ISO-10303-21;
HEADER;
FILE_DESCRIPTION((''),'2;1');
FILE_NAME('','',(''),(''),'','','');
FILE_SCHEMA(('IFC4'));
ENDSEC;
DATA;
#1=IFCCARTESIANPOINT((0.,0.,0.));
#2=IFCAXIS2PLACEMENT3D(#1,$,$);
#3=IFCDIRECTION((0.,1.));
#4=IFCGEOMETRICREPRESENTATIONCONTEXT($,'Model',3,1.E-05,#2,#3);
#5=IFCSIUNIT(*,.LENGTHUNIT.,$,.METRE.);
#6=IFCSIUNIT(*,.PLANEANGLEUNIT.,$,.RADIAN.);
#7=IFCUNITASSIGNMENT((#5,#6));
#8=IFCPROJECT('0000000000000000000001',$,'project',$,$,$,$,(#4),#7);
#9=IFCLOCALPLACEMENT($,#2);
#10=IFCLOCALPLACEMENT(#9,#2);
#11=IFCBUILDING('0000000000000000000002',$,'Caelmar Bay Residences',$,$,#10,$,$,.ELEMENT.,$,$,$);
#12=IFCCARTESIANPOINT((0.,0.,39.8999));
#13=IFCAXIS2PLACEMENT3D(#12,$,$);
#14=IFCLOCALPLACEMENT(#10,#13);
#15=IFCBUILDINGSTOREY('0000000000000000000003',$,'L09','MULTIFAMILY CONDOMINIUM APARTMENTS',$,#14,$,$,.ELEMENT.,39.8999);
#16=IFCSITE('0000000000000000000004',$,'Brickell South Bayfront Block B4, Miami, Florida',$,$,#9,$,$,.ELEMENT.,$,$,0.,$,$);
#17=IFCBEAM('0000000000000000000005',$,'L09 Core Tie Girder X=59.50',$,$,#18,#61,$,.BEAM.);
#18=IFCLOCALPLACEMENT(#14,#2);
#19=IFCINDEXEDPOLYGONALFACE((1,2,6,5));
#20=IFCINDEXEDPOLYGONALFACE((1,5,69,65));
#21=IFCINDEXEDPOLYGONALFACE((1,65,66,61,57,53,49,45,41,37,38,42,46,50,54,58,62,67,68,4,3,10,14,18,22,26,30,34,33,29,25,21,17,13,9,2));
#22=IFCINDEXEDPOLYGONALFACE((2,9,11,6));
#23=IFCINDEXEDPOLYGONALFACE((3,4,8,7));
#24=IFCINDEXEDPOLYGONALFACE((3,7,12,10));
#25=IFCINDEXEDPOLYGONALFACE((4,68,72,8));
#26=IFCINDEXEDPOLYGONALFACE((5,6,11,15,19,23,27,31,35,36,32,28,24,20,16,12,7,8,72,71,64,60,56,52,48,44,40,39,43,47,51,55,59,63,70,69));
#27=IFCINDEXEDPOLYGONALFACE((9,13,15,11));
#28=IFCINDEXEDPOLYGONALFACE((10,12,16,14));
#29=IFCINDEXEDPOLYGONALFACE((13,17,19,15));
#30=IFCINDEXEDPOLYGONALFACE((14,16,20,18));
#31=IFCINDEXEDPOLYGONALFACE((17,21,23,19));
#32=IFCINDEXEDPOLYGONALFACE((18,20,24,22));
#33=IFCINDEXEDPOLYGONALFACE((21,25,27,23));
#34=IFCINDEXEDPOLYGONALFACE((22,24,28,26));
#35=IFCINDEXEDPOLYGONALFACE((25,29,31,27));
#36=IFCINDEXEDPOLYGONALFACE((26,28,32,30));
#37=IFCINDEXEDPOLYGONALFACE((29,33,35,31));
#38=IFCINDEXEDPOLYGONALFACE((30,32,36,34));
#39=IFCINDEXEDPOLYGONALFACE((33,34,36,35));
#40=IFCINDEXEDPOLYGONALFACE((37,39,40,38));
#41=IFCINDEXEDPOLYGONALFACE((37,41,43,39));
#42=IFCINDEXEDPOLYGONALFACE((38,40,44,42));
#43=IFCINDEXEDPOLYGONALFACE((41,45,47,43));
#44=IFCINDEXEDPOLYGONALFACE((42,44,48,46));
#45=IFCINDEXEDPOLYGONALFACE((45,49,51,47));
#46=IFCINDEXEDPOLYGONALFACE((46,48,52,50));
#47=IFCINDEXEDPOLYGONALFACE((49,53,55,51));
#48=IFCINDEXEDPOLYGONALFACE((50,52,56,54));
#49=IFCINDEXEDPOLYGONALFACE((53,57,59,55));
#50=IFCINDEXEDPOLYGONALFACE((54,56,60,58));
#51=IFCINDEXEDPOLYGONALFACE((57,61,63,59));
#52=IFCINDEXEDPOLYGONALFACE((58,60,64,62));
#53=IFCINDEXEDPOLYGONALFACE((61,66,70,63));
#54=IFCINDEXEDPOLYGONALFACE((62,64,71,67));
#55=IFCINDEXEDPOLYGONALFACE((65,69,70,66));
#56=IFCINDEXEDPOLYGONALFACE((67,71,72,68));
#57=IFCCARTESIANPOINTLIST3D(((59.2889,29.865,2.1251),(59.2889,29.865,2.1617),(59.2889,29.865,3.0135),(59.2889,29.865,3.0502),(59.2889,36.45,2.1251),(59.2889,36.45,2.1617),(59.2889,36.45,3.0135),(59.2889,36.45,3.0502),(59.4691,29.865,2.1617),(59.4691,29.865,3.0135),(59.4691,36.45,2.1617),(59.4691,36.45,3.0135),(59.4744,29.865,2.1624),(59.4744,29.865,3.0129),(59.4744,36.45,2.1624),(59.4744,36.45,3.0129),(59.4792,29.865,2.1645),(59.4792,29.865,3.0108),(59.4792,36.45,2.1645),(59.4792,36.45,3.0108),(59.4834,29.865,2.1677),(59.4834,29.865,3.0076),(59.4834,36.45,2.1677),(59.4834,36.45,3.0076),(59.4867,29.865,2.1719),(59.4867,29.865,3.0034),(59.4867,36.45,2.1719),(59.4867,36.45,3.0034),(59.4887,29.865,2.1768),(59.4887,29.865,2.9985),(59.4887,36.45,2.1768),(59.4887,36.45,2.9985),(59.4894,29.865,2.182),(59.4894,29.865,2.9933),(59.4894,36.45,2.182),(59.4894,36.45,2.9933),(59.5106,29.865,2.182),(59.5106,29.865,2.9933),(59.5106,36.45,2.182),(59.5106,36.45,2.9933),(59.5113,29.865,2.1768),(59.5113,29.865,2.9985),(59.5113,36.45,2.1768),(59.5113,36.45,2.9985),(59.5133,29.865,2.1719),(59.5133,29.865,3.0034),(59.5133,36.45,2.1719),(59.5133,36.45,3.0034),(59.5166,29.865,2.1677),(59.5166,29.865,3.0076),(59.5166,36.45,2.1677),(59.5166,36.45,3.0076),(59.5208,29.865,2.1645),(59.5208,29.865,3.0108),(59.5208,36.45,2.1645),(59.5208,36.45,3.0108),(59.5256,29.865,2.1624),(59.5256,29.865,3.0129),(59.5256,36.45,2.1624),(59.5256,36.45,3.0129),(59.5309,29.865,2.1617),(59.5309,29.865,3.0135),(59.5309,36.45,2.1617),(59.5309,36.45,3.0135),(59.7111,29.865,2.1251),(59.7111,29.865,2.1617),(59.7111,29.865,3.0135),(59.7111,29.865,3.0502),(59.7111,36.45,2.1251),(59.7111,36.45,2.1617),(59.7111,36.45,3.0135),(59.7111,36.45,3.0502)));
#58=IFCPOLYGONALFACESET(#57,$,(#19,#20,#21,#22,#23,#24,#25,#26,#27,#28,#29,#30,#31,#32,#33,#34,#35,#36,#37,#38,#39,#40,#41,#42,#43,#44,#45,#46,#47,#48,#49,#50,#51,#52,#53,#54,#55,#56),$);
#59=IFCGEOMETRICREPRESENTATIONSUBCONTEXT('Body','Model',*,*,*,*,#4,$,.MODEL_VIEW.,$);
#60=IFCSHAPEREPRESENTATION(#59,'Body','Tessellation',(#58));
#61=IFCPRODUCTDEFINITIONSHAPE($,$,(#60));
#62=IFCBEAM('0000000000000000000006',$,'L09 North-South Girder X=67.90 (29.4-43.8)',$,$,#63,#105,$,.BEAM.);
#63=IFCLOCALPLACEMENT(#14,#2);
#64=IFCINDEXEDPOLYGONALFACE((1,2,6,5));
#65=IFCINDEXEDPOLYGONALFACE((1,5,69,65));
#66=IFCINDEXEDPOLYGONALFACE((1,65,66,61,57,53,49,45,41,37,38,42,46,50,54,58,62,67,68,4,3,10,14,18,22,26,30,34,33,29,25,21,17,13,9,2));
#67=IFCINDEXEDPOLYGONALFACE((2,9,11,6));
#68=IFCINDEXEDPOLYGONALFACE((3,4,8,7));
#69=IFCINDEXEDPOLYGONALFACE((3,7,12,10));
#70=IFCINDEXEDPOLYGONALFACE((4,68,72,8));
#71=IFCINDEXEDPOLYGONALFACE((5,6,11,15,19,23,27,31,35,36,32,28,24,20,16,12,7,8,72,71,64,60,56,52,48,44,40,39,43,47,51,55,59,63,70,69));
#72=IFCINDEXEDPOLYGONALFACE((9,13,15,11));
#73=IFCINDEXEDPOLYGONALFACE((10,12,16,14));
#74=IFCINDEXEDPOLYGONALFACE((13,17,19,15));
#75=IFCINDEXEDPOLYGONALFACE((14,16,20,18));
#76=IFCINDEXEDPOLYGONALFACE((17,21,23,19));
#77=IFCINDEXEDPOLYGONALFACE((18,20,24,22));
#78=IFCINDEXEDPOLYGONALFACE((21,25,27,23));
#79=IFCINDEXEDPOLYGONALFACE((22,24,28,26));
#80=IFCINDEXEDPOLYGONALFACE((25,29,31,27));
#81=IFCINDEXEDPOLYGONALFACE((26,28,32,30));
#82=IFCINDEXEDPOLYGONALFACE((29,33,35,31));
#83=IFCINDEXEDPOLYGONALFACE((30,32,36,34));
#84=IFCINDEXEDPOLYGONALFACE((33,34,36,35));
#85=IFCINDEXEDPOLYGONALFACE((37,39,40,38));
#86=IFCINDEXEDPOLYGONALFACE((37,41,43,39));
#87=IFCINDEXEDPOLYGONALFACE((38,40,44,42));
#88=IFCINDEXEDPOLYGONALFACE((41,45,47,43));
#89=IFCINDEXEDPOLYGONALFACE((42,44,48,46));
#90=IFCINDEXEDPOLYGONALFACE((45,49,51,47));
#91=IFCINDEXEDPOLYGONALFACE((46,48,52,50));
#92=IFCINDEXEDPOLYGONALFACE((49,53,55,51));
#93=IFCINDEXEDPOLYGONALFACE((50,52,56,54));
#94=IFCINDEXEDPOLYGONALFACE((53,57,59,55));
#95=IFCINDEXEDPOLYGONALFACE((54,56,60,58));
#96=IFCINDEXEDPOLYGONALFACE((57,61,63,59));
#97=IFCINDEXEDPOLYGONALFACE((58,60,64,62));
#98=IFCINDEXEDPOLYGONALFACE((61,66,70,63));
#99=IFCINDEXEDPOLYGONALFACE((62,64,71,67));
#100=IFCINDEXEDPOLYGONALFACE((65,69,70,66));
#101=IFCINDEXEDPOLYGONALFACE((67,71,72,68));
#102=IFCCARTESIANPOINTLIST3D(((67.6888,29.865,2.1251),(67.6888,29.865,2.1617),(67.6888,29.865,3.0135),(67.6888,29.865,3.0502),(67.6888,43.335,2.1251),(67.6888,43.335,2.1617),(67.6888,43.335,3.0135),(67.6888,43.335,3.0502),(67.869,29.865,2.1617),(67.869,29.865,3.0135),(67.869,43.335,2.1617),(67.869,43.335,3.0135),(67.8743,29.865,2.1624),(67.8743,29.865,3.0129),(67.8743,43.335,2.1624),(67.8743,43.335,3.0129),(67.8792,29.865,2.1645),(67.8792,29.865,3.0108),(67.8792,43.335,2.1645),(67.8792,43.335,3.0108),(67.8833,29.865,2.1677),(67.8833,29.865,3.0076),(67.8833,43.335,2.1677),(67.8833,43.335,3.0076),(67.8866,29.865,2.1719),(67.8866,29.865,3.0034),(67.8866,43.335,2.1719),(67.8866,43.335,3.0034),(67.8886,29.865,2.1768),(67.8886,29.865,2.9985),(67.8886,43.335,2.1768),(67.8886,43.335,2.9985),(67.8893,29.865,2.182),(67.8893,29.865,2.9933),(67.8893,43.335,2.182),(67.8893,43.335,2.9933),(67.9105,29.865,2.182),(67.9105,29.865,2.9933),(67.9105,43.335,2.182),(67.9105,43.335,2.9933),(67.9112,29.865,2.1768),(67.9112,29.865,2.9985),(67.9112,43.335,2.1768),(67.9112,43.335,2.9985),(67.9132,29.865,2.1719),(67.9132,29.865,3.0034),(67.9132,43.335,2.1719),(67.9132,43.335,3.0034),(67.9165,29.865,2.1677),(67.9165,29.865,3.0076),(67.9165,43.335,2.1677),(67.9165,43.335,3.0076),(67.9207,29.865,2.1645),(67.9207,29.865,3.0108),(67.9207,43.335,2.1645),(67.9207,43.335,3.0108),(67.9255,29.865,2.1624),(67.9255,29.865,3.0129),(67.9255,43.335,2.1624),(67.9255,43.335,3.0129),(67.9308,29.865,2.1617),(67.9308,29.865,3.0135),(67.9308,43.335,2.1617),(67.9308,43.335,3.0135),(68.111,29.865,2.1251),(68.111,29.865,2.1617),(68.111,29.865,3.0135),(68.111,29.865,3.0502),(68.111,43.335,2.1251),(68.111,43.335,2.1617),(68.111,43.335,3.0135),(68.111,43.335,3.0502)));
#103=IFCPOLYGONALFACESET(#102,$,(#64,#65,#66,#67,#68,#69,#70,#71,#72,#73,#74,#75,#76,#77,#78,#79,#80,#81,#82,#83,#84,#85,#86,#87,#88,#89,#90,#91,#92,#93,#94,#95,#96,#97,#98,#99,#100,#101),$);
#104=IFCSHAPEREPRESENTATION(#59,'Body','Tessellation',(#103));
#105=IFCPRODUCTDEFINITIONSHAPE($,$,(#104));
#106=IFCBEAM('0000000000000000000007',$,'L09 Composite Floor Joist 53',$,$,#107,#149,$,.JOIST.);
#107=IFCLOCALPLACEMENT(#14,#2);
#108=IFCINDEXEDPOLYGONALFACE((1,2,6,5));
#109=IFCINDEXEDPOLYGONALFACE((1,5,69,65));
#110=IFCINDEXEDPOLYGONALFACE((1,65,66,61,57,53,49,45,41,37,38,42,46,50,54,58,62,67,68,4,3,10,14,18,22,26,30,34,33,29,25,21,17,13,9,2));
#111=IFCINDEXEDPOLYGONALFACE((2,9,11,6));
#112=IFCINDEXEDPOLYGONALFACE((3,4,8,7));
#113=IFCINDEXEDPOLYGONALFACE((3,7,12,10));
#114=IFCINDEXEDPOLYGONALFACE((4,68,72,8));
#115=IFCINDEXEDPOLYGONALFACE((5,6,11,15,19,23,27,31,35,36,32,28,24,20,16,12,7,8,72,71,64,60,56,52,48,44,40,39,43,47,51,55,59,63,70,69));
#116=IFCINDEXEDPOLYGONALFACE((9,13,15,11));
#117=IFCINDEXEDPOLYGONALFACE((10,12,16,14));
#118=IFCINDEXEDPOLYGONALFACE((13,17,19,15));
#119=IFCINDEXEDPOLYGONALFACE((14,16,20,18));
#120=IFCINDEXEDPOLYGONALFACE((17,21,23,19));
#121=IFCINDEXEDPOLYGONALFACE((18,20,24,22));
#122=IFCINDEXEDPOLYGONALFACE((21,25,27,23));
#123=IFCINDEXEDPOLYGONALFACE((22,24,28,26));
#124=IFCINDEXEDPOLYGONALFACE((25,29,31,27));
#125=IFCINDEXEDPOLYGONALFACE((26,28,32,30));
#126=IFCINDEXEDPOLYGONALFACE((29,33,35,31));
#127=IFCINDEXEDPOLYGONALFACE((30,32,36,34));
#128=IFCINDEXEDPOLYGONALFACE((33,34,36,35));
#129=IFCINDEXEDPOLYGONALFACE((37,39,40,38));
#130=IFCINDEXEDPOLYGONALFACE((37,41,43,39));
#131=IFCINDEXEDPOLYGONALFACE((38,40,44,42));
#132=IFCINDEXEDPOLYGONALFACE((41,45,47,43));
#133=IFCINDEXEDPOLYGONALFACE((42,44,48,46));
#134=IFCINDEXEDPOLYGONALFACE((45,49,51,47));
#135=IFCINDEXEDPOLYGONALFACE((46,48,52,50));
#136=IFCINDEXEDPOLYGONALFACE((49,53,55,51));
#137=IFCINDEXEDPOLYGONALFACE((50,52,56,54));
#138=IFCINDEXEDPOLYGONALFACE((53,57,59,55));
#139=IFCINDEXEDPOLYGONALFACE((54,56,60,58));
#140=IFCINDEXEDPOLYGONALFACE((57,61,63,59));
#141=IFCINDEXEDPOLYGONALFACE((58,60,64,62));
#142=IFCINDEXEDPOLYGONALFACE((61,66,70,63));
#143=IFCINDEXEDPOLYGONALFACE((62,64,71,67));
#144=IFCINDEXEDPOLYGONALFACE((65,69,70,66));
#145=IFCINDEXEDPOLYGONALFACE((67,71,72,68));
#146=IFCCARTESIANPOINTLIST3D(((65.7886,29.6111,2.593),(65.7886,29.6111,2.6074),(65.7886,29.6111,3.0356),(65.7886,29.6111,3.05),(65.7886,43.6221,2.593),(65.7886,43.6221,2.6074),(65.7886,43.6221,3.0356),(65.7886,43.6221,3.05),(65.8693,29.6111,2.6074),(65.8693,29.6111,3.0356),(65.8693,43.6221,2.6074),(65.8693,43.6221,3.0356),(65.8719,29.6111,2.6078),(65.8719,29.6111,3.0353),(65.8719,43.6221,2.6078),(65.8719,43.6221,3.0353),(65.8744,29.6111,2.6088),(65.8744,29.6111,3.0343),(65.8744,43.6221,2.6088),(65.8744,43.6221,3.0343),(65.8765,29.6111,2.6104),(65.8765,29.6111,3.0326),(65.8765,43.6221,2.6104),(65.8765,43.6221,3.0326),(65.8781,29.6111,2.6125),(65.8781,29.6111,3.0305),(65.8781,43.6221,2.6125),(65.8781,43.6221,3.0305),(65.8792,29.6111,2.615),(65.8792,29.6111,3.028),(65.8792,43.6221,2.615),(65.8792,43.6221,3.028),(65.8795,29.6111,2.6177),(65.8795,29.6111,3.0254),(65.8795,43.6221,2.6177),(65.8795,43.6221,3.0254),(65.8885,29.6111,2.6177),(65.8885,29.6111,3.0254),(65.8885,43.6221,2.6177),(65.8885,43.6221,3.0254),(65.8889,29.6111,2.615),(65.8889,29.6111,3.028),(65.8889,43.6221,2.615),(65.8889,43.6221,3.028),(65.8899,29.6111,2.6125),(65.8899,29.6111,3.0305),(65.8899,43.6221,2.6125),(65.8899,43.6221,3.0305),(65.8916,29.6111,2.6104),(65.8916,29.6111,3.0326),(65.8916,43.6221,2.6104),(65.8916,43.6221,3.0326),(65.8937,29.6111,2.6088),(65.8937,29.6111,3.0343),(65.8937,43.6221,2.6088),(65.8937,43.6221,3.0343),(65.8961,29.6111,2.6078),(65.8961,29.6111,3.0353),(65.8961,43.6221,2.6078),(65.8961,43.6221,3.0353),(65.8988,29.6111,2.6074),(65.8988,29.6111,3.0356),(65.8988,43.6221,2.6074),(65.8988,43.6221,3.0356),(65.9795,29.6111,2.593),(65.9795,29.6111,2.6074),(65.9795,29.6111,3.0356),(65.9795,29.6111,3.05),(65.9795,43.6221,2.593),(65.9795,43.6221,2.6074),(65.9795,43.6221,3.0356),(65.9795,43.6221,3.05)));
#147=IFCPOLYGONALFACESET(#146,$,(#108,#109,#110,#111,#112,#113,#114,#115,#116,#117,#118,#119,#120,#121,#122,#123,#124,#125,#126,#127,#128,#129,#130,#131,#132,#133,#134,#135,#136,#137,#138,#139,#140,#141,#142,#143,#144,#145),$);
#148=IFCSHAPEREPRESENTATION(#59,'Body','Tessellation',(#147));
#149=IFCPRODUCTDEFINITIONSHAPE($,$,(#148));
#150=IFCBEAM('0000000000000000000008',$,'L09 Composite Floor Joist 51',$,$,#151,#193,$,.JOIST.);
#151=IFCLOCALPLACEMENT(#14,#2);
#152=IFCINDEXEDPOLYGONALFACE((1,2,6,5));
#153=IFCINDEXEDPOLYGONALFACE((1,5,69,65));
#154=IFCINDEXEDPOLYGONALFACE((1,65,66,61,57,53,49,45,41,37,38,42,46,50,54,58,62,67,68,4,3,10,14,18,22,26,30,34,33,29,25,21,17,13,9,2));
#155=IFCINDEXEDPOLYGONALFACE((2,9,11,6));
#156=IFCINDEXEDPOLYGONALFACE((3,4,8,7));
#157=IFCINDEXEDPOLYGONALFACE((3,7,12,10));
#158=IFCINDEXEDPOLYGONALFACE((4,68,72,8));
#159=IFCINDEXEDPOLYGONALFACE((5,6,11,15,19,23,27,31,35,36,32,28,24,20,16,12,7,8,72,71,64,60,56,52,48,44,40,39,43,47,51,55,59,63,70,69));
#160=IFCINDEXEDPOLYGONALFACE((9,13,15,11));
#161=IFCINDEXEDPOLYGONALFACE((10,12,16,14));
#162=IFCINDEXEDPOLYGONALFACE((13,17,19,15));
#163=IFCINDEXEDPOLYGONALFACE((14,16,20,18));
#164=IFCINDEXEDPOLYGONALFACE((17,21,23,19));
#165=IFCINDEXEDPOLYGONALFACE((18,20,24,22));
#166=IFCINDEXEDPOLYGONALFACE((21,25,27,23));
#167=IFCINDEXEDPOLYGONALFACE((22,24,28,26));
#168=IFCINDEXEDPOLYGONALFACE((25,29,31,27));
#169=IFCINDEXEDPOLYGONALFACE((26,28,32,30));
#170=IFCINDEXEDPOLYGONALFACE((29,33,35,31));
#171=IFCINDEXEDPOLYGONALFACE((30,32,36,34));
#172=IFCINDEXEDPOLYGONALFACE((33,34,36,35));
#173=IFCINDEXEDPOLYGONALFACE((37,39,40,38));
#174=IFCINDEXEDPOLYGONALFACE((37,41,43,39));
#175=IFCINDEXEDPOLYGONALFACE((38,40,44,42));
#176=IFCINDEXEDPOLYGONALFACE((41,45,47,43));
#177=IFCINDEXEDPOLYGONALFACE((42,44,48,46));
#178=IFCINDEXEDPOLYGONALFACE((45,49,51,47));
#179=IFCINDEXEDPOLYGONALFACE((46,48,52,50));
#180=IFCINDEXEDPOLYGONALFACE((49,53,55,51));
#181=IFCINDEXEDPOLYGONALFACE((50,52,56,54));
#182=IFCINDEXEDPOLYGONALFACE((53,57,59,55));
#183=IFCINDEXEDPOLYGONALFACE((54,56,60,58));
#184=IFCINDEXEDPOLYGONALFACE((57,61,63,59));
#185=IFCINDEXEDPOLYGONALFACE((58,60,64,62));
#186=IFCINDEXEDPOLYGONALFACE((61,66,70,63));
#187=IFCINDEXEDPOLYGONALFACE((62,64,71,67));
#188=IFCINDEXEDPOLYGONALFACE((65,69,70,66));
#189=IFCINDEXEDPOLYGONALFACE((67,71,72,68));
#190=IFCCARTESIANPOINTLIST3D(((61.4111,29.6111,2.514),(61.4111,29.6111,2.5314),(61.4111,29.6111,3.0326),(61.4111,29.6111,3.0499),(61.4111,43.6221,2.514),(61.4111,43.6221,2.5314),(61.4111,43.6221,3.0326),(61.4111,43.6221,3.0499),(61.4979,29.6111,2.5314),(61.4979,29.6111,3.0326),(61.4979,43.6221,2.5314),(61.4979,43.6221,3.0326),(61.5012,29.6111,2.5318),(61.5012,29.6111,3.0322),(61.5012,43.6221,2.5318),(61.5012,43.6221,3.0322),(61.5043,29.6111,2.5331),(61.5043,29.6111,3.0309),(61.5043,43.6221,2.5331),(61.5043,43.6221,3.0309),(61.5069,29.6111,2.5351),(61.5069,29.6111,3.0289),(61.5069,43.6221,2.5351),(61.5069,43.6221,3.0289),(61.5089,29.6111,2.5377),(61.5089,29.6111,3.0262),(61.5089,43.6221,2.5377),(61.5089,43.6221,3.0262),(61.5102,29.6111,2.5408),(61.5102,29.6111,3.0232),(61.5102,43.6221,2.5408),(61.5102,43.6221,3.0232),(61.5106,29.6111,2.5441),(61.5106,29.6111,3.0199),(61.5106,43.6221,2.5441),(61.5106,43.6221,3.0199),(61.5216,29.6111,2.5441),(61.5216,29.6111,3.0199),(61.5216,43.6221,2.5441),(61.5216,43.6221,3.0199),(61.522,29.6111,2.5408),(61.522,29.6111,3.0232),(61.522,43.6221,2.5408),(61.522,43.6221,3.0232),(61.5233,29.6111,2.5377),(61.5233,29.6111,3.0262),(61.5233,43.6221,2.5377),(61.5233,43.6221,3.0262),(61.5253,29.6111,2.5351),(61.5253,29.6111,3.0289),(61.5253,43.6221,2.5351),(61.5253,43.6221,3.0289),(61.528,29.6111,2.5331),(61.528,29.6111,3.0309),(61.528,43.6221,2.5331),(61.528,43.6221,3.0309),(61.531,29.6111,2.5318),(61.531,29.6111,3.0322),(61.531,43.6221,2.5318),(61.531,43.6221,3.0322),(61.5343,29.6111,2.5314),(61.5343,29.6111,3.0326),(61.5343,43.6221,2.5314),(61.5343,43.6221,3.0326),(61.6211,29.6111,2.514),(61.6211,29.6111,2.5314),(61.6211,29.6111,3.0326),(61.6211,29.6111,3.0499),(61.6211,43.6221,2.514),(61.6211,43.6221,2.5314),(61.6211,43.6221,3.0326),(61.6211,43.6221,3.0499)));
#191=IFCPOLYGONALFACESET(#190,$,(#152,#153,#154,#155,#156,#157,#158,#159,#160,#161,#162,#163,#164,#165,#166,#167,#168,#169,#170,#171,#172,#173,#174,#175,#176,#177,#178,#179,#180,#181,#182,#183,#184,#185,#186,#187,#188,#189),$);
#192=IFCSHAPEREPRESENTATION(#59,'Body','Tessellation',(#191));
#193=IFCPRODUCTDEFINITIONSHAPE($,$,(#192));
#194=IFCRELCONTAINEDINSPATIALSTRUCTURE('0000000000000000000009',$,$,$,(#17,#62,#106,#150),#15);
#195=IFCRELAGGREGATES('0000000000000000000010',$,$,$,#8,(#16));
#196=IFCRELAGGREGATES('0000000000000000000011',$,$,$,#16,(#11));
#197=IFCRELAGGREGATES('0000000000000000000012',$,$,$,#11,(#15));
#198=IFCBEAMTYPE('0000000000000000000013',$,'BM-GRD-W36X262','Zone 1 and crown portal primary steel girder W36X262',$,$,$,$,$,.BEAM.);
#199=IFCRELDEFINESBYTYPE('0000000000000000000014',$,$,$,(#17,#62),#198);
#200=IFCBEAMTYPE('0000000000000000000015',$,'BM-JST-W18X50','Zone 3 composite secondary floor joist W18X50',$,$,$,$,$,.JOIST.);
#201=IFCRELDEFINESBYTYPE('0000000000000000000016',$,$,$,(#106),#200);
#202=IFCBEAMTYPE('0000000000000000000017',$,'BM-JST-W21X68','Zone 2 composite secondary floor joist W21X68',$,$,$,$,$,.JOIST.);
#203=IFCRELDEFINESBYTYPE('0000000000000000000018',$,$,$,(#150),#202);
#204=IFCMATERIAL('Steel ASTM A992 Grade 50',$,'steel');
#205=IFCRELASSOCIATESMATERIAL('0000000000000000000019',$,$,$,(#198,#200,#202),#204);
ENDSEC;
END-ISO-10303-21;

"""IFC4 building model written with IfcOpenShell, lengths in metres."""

from ifc_helpers import new_model, si_unit, direction, frame, origin, origin_2d, place, context, subcontext, project, spatial, i_section, extrude, material, material_profile, profile_set, type_object, element, save


model = new_model("IFC4")

# Units and contexts
model_context = context("Model", 3, precision=1e-05, world=origin(), true_north=direction((0.0, 1.0)))
body_context = subcontext(model_context, "Body", "Model", "MODEL_VIEW")
ifc_project = project(units=[si_unit("LENGTHUNIT", "METRE"), si_unit("PLANEANGLEUNIT", "RADIAN")], contexts=[model_context])

# Site, building, storey
site_placement = place(None, origin())
site = spatial("IfcSite", under=ifc_project, at=site_placement, Name="Brickell South Bayfront Block B4, Miami, Florida", CompositionType="ELEMENT", RefElevation=0.0)
building_placement = place(site_placement, origin())
building = spatial("IfcBuilding", under=site, at=building_placement, Name="Caelmar Bay Residences", CompositionType="ELEMENT")
storey_placement = place(building_placement, frame((0.0, 0.0, 39.8999)))
storey = spatial("IfcBuildingStorey", under=building, at=storey_placement, Name="L09", Description="MULTIFAMILY CONDOMINIUM APARTMENTS", CompositionType="ELEMENT", Elevation=39.8999)

# Beams
ifc_material_1 = material(Name="Steel ASTM A992 Grade 50", Category="steel")
ifc_material_profile_1 = material_profile(ifc_material_1, i_section(OverallWidth=0.4221, OverallDepth=0.925, WebThickness=0.0212, FlangeThickness=0.0366, FilletRadius=0.0203, at=origin_2d()), Name="W36X262")
ifc_profile_set_1 = profile_set([ifc_material_profile_1], Name="Steel ASTM A992 Grade 50")
beam_type_1 = type_object("IfcBeamType", Name="BM-GRD-W36X262", Description="Zone 1 and crown portal primary steel girder W36X262", PredefinedType="BEAM", material=ifc_profile_set_1)
beam_1_placement = place(storey_placement, frame((59.5, 29.865, 2.5876), z_axis=(0.0, 1.0, 0.0), x_axis=(-1.0, 0.0, 0.0)))
element("IfcBeam", 1, at=beam_1_placement, inside=storey, type_object=beam_type_1, Name="L09 Core Tie Girder X=59.50", PredefinedType="BEAM", context=body_context, shape_type="SweptSolid", body=[
    extrude(i_section(OverallWidth=0.4221, OverallDepth=0.925, WebThickness=0.0212, FlangeThickness=0.0366, FilletRadius=0.0203, at=origin_2d()), origin(), (0.0, 0.0, 1.0), 6.585),
])
beam_2_placement = place(storey_placement, frame((67.8999, 29.865, 2.5876), z_axis=(0.0, 1.0, 0.0), x_axis=(-1.0, 0.0, 0.0)))
element("IfcBeam", 2, at=beam_2_placement, inside=storey, type_object=beam_type_1, Name="L09 North-South Girder X=67.90 (29.4-43.8)", PredefinedType="BEAM", context=body_context, shape_type="SweptSolid", body=[
    extrude(i_section(OverallWidth=0.4221, OverallDepth=0.925, WebThickness=0.0212, FlangeThickness=0.0366, FilletRadius=0.0203, at=origin_2d()), origin(), (0.0, 0.0, 1.0), 13.47),
])
ifc_material_profile_2 = material_profile(ifc_material_1, i_section(OverallWidth=0.1909, OverallDepth=0.457, WebThickness=0.009, FlangeThickness=0.0144, FilletRadius=0.0103, at=origin_2d()), Name="W18X50")
ifc_profile_set_2 = profile_set([ifc_material_profile_2], Name="Steel ASTM A992 Grade 50")
beam_type_2 = type_object("IfcBeamType", Name="BM-JST-W18X50", Description="Zone 3 composite secondary floor joist W18X50", PredefinedType="JOIST", material=ifc_profile_set_2)
beam_3_placement = place(storey_placement, frame((65.884, 29.6111, 2.8215), z_axis=(0.0, 1.0, 0.0), x_axis=(-1.0, 0.0, 0.0)))
element("IfcBeam", 3, at=beam_3_placement, inside=storey, type_object=beam_type_2, Name="L09 Composite Floor Joist 53", PredefinedType="JOIST", context=body_context, shape_type="SweptSolid", body=[
    extrude(i_section(OverallWidth=0.1909, OverallDepth=0.457, WebThickness=0.009, FlangeThickness=0.0144, FilletRadius=0.0103, at=origin_2d()), origin(), (0.0, 0.0, 1.0), 14.011),
])
ifc_material_profile_3 = material_profile(ifc_material_1, i_section(OverallWidth=0.21, OverallDepth=0.5359, WebThickness=0.011, FlangeThickness=0.0173, FilletRadius=0.0127, at=origin_2d()), Name="W21X68")
ifc_profile_set_3 = profile_set([ifc_material_profile_3], Name="Steel ASTM A992 Grade 50")
beam_type_3 = type_object("IfcBeamType", Name="BM-JST-W21X68", Description="Zone 2 composite secondary floor joist W21X68", PredefinedType="JOIST", material=ifc_profile_set_3)
beam_4_placement = place(storey_placement, frame((61.5161, 29.6111, 2.782), z_axis=(0.0, 1.0, 0.0), x_axis=(-1.0, 0.0, 0.0)))
element("IfcBeam", 4, at=beam_4_placement, inside=storey, type_object=beam_type_3, Name="L09 Composite Floor Joist 51", PredefinedType="JOIST", context=body_context, shape_type="SweptSolid", body=[
    extrude(i_section(OverallWidth=0.21, OverallDepth=0.5359, WebThickness=0.011, FlangeThickness=0.0173, FilletRadius=0.0127, at=origin_2d()), origin(), (0.0, 0.0, 1.0), 14.011),
])

save(model, "model.ifc")
